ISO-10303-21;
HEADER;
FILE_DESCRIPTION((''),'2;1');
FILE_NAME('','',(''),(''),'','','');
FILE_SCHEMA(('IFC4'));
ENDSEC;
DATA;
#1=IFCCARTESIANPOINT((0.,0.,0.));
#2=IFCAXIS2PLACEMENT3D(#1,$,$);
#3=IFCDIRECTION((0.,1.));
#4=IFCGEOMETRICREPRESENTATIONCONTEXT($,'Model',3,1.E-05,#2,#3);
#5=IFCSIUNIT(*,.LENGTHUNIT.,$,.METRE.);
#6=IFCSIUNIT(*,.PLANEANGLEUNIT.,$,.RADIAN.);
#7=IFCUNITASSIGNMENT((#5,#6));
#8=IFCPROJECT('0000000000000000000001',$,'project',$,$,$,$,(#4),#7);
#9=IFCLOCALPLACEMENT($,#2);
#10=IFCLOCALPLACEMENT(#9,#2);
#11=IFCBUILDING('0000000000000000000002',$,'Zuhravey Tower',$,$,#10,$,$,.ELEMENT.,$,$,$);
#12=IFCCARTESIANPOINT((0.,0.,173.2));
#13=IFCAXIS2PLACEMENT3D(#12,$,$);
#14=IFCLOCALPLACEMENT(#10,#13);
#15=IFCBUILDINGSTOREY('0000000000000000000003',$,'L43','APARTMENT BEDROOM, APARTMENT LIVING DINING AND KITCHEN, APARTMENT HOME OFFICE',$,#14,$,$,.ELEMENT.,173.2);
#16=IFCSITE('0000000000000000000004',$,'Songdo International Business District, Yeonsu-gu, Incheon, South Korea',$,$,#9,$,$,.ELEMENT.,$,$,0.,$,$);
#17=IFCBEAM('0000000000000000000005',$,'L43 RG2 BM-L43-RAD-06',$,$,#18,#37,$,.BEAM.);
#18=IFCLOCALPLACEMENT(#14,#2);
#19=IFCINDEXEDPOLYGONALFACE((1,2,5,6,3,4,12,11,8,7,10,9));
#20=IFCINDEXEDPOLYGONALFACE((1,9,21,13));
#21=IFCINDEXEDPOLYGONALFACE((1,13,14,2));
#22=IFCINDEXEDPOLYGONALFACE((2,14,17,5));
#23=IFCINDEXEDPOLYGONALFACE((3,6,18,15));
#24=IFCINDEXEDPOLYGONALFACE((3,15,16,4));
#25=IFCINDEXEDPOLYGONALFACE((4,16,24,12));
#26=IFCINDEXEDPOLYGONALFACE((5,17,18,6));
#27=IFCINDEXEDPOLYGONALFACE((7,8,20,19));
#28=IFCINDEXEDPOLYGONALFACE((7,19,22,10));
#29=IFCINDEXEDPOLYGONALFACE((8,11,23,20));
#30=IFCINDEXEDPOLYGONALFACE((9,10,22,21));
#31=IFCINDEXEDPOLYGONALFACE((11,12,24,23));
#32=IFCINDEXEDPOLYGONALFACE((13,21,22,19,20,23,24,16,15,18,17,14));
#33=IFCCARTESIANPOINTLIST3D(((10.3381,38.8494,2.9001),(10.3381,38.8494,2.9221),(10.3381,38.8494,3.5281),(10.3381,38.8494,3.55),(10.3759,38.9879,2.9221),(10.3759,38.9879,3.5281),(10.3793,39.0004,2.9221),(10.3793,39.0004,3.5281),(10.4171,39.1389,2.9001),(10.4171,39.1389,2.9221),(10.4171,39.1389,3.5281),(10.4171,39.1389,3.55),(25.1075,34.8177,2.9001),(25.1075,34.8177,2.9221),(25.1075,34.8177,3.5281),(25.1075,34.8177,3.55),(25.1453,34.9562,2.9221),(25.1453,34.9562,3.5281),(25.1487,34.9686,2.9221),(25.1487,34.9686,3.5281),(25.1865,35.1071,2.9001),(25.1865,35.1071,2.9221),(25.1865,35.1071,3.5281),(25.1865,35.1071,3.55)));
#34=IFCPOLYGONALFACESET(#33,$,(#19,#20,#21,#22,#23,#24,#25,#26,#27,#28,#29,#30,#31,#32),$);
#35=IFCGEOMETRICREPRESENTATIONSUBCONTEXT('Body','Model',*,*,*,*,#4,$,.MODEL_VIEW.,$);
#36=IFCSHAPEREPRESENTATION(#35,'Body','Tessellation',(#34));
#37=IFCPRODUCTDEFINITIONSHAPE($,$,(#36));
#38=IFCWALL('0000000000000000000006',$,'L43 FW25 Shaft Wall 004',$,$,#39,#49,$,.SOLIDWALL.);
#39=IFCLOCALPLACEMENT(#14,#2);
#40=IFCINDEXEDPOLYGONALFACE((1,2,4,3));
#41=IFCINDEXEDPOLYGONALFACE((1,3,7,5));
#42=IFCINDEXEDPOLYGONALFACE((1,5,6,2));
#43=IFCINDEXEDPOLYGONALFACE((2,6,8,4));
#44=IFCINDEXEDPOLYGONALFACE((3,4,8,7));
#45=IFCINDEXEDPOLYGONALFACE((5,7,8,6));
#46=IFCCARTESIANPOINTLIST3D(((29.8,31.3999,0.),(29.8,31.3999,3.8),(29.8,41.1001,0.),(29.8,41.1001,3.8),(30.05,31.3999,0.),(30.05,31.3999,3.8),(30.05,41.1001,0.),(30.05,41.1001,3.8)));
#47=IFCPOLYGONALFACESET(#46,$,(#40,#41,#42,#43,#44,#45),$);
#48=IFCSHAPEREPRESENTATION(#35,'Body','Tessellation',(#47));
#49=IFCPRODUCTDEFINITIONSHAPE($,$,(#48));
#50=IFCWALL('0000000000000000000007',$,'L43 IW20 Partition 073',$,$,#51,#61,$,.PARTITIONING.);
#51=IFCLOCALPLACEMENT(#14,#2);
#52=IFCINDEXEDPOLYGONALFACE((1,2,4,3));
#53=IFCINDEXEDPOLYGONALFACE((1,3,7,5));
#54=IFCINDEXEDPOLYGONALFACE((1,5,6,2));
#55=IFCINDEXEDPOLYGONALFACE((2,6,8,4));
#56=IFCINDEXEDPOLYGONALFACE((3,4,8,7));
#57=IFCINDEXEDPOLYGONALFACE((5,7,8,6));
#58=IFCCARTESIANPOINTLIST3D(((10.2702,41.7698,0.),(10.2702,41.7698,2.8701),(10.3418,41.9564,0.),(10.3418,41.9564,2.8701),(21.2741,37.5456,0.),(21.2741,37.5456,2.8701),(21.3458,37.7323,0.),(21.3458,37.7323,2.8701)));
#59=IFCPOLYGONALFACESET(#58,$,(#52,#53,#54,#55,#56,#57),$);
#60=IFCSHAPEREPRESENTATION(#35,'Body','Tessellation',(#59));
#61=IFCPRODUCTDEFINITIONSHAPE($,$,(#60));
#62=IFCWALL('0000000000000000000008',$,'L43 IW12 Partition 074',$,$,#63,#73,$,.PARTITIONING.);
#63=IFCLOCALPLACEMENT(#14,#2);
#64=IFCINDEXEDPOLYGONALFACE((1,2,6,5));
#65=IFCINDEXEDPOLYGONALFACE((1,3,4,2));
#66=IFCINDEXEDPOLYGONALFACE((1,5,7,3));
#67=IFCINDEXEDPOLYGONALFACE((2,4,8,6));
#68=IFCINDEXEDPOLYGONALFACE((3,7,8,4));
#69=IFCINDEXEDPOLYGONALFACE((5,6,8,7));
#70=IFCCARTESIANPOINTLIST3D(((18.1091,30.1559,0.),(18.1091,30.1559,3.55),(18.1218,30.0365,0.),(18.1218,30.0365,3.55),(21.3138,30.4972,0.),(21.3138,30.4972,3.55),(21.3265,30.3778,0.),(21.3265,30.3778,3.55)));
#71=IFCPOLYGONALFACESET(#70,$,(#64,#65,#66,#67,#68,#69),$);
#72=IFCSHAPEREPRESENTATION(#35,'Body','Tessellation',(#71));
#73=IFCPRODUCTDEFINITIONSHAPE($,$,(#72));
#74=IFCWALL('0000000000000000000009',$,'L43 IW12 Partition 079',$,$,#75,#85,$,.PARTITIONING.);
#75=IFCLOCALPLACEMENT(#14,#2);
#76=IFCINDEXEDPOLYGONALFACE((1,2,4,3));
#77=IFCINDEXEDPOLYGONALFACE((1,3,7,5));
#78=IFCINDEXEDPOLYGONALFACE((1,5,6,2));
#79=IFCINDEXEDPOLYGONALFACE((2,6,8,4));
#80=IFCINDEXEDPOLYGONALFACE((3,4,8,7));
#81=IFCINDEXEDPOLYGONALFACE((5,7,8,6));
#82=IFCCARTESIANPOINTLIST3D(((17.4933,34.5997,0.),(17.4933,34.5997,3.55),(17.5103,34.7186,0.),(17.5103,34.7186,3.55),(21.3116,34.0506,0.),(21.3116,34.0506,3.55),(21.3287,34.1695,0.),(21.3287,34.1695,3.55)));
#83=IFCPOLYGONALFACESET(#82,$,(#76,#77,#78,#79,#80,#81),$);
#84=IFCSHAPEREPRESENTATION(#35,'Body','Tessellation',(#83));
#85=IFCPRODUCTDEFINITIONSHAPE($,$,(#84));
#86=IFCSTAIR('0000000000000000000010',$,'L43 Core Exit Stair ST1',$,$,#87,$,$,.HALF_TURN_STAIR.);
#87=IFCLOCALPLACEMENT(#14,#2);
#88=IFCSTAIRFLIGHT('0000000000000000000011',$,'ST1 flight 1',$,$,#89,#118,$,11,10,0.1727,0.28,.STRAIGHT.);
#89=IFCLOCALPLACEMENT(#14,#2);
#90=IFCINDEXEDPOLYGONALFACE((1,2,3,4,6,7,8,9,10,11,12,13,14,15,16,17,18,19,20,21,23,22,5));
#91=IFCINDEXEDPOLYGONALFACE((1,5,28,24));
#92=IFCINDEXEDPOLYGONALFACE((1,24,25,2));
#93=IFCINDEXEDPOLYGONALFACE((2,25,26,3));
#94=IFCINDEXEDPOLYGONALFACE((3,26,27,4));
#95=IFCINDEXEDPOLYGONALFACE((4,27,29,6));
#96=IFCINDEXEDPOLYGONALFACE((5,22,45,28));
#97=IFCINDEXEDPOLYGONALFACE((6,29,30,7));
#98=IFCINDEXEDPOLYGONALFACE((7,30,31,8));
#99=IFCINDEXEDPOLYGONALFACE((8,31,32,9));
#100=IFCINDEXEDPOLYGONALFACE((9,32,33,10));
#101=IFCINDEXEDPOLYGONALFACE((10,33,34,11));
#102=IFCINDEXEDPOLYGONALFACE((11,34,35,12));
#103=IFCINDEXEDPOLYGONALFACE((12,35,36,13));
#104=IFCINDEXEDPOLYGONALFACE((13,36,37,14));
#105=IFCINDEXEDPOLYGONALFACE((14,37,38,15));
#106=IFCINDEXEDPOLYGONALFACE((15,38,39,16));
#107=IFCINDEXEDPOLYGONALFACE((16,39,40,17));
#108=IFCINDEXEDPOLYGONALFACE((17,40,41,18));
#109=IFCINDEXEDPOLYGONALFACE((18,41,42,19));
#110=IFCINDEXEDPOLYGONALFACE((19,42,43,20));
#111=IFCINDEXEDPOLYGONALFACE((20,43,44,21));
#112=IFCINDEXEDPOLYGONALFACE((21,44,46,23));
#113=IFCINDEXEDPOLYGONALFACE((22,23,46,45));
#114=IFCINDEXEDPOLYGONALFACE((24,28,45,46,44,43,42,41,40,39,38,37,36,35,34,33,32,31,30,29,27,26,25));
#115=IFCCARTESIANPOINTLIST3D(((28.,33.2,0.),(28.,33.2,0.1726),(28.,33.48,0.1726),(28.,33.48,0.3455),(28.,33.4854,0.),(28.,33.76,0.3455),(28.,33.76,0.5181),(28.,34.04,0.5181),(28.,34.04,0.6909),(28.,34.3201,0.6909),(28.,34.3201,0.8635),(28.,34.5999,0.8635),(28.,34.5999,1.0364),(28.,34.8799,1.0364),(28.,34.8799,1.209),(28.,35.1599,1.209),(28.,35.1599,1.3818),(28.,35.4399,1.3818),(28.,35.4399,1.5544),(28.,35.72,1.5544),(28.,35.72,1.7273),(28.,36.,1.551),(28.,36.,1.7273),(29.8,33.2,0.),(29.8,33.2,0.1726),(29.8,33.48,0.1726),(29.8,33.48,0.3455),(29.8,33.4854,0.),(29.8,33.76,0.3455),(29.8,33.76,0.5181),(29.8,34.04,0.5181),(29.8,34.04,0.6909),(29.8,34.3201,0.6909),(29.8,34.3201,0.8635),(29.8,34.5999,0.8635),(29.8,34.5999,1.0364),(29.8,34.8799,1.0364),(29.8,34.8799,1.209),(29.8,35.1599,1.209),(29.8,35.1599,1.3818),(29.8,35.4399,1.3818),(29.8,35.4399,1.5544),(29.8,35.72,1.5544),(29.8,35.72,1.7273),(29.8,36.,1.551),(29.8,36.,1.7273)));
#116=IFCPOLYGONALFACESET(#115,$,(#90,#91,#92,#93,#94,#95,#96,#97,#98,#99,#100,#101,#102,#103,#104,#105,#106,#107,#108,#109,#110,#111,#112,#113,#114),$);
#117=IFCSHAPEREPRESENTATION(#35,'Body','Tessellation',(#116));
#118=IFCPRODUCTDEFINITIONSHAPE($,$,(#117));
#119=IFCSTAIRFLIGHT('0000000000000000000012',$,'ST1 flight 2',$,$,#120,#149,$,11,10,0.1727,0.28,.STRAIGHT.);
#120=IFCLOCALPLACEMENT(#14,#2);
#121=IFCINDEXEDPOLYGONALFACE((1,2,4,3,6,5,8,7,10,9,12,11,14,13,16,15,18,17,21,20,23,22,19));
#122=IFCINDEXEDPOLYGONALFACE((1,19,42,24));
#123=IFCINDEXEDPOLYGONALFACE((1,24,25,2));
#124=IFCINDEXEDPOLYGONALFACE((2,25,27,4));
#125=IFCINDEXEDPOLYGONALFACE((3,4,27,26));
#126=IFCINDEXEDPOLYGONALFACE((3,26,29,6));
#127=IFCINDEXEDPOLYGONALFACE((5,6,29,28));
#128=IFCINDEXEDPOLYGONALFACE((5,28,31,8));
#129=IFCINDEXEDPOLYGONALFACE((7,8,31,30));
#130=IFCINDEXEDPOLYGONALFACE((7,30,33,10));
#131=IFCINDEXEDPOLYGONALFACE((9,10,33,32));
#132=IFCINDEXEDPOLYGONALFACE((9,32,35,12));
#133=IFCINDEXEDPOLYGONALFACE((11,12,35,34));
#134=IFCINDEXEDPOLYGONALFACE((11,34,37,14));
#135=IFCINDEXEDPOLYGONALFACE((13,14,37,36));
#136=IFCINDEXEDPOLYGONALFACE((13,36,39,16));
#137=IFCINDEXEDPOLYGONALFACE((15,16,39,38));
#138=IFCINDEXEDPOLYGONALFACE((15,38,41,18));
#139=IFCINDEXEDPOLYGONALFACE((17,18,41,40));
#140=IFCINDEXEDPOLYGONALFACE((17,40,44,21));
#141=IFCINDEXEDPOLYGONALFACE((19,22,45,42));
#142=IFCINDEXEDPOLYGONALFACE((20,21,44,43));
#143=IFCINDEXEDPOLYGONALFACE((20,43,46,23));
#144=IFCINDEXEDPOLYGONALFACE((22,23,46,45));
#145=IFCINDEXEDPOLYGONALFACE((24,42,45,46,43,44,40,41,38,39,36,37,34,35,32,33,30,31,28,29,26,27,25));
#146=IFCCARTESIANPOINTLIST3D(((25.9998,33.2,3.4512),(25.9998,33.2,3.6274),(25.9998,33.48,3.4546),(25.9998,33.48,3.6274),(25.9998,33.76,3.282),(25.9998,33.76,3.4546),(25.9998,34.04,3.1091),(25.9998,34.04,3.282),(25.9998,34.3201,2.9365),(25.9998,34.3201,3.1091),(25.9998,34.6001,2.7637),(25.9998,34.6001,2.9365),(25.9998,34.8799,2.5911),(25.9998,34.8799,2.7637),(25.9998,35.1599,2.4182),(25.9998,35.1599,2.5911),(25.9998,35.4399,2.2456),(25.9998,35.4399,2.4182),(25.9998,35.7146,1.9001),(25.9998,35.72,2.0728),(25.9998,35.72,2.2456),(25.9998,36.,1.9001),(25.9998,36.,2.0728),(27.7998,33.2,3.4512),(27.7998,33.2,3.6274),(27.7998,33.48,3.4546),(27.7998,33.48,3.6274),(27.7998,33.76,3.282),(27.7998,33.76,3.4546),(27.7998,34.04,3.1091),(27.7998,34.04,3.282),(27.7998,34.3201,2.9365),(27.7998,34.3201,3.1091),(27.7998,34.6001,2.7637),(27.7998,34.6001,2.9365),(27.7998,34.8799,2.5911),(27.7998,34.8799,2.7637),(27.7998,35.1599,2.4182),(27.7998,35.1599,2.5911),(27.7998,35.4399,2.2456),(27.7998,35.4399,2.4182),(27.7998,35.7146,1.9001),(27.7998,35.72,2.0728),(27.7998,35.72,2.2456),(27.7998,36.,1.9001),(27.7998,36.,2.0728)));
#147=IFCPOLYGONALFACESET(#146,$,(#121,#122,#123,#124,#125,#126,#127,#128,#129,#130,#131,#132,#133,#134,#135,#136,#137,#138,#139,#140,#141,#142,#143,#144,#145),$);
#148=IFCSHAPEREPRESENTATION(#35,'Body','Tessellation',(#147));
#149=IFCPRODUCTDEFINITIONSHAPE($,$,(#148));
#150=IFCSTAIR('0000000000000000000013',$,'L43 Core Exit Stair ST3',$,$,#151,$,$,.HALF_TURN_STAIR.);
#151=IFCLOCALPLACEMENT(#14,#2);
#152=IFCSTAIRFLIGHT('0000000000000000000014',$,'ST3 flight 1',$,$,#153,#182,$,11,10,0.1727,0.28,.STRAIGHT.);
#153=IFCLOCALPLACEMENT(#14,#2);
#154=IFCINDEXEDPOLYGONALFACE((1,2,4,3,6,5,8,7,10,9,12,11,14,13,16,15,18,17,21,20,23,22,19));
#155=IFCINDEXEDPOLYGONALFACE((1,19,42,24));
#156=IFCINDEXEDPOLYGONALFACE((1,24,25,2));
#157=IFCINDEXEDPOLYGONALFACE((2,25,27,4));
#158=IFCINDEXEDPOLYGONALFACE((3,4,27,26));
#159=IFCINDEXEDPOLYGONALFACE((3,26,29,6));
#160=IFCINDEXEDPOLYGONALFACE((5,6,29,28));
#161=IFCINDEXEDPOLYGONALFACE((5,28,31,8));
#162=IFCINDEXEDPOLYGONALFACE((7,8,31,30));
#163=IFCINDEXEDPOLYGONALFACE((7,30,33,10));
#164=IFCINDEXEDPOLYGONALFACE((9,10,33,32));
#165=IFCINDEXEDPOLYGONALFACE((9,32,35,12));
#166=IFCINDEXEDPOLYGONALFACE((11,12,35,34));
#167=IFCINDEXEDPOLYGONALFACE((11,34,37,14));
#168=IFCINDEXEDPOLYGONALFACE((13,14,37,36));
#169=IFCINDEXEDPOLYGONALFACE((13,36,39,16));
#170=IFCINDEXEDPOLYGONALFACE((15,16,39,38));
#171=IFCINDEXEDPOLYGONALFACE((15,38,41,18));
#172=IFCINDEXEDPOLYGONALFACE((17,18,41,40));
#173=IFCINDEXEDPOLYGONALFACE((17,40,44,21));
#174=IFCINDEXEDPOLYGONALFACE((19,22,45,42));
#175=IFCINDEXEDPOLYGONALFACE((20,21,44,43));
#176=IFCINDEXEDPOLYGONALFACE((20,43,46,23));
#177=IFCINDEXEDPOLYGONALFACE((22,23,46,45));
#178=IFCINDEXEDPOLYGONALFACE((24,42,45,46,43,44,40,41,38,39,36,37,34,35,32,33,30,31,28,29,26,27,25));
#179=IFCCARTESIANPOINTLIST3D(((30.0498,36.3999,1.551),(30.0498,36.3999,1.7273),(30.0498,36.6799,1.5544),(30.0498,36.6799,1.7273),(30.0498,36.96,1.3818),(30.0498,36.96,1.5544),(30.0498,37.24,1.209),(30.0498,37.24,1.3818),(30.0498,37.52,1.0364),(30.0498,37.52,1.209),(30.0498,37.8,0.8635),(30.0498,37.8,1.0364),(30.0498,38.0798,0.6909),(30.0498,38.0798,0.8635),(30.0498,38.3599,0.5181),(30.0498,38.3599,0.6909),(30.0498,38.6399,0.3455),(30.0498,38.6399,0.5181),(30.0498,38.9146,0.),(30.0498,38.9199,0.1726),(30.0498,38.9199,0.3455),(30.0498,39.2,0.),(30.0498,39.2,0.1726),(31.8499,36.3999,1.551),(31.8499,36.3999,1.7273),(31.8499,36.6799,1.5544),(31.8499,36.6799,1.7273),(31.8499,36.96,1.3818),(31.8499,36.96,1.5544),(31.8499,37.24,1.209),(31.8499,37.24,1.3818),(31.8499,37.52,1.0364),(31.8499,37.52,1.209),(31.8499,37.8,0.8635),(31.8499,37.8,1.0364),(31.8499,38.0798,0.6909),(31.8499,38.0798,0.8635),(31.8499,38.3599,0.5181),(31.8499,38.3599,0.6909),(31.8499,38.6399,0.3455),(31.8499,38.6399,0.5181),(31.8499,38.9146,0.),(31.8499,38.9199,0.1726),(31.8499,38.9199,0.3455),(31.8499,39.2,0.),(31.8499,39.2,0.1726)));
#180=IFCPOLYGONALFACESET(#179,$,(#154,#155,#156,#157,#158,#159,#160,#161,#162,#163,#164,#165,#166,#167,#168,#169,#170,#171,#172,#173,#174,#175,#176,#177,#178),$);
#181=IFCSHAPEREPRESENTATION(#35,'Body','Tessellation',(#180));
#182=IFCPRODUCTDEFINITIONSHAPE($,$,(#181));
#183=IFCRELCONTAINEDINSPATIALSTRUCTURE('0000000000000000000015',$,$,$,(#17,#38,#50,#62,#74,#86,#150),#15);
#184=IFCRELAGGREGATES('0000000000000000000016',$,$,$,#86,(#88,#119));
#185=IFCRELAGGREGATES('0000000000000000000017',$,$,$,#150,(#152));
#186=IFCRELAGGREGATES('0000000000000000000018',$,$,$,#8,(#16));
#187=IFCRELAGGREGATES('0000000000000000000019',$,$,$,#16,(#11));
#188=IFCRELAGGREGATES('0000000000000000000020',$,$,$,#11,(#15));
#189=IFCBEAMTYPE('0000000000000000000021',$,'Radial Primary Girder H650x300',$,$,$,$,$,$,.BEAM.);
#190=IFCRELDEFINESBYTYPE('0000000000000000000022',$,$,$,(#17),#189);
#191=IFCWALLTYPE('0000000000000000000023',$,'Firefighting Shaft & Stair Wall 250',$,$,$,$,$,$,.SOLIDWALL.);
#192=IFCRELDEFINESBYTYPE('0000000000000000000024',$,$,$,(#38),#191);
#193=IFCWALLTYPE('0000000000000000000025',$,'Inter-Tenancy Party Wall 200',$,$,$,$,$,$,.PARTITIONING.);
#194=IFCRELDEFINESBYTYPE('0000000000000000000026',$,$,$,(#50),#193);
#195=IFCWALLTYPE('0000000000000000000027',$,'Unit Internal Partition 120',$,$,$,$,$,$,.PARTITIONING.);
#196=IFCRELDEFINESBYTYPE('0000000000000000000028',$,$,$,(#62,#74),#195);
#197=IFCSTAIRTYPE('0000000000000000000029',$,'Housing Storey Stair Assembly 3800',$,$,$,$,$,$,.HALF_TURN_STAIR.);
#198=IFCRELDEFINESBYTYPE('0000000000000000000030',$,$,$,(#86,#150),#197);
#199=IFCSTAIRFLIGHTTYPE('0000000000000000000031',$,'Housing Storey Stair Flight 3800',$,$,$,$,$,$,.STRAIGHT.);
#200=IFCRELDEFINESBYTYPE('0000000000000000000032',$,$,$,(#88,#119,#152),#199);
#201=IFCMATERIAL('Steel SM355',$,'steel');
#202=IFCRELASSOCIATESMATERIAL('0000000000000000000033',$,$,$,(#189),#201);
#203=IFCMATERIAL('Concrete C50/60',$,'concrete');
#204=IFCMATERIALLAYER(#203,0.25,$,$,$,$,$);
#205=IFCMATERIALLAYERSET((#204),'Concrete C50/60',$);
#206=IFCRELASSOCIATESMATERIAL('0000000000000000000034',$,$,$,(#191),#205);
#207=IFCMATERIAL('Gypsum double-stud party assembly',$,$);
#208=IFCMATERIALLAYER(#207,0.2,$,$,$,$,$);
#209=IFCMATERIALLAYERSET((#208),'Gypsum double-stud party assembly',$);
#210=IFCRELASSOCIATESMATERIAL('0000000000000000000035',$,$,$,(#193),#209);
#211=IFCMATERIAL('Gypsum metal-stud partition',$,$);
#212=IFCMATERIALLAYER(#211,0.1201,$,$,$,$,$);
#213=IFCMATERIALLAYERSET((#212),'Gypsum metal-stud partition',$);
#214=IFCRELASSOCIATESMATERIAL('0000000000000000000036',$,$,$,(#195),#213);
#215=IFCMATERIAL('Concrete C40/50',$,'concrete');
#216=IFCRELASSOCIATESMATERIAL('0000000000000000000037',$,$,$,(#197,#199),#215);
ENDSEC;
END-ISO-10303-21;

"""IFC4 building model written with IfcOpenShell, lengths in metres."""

from ifc_helpers import new_model, si_unit, direction, frame, frame_2d, origin, origin_2d, place, context, subcontext, project, spatial, polyline, rectangle, i_section, outline, extrude, material, layer, layer_set, material_profile, profile_set, type_object, element, aggregate, save


model = new_model("IFC4")

# Units and contexts
model_context = context("Model", 3, precision=1e-05, world=origin(), true_north=direction((0.0, 1.0)))
body_context = subcontext(model_context, "Body", "Model", "MODEL_VIEW")
ifc_project = project(units=[si_unit("LENGTHUNIT", "METRE"), si_unit("PLANEANGLEUNIT", "RADIAN")], contexts=[model_context])

# Site, building, storey
site_placement = place(None, origin())
site = spatial("IfcSite", under=ifc_project, at=site_placement, Name="Songdo International Business District, Yeonsu-gu, Incheon, South Korea", CompositionType="ELEMENT", RefElevation=0.0)
building_placement = place(site_placement, origin())
building = spatial("IfcBuilding", under=site, at=building_placement, Name="Zuhravey Tower", CompositionType="ELEMENT")
storey_placement = place(building_placement, frame((0.0, 0.0, 173.2)))
storey = spatial("IfcBuildingStorey", under=building, at=storey_placement, Name="L43", Description="APARTMENT BEDROOM, APARTMENT LIVING DINING AND KITCHEN, APARTMENT HOME OFFICE", CompositionType="ELEMENT", Elevation=173.2)

# Beam
ifc_material_1 = material(Name="Steel SM355", Category="steel")
ifc_material_profile = material_profile(ifc_material_1, i_section(OverallWidth=0.3, OverallDepth=0.6499, WebThickness=0.0129, FlangeThickness=0.022, at=origin_2d()), Name="H-650x300x13x22")
ifc_profile_set = profile_set([ifc_material_profile], Name="Steel SM355")
beam_type = type_object("IfcBeamType", Name="Radial Primary Girder H650x300", PredefinedType="BEAM", material=ifc_profile_set)
beam_placement = place(storey_placement, frame((25.147, 34.9624, 3.2251), z_axis=(-0.964702, 0.263345, 0.0), x_axis=(-0.263345, -0.964702, 0.0)))
element("IfcBeam", 1, at=beam_placement, inside=storey, type_object=beam_type, Name="L43 RG2 BM-L43-RAD-06", PredefinedType="BEAM", context=body_context, shape_type="SweptSolid", body=[
    extrude(i_section(OverallWidth=0.3, OverallDepth=0.6499, WebThickness=0.0129, FlangeThickness=0.022, at=origin_2d()), origin(), (0.0, 0.0, 1.0), 15.3098),
])

# Shared definitions
ifc_material_2 = material(Name="Concrete C50/60", Category="concrete")
ifc_layer_1 = layer(ifc_material_2, 0.25)
ifc_layer_set_1 = layer_set([ifc_layer_1], Name="Concrete C50/60")
wall_type_1 = type_object("IfcWallType", Name="Firefighting Shaft & Stair Wall 250", PredefinedType="SOLIDWALL", material=ifc_layer_set_1)

# Walls
wall_1_placement = place(storey_placement, frame((29.925, 31.3999, 0.0), z_axis=(0.0, 0.0, 1.0), x_axis=(0.0, 1.0, 0.0)))
element("IfcWall", 2, at=wall_1_placement, inside=storey, type_object=wall_type_1, Name="L43 FW25 Shaft Wall 004", PredefinedType="SOLIDWALL", context=body_context, shape_type="SweptSolid", body=[
    extrude(rectangle(XDim=9.7002, YDim=0.25, at=frame_2d((4.8501, 0.0))), origin(), (0.0, 0.0, 1.0), 3.8),
])
ifc_material_3 = material(Name="Gypsum double-stud party assembly")
ifc_layer_2 = layer(ifc_material_3, 0.2)
ifc_layer_set_2 = layer_set([ifc_layer_2], Name="Gypsum double-stud party assembly")
wall_type_2 = type_object("IfcWallType", Name="Inter-Tenancy Party Wall 200", PredefinedType="PARTITIONING", material=ifc_layer_set_2)
wall_2_placement = place(storey_placement, frame((21.3101, 37.6389, 0.0), z_axis=(0.0, 0.0, 1.0), x_axis=(-0.933577, 0.358377, 0.0)))
element("IfcWall", 3, at=wall_2_placement, inside=storey, type_object=wall_type_2, Name="L43 IW20 Partition 073", PredefinedType="PARTITIONING", context=body_context, shape_type="SweptSolid", body=[
    extrude(rectangle(XDim=11.7869, YDim=0.2, at=frame_2d((5.8936, 0.0))), origin(), (0.0, 0.0, 1.0), 2.8701),
])
ifc_material_4 = material(Name="Gypsum metal-stud partition")
ifc_layer_3 = layer(ifc_material_4, 0.1201)
ifc_layer_set_3 = layer_set([ifc_layer_3], Name="Gypsum metal-stud partition")
wall_type_3 = type_object("IfcWallType", Name="Unit Internal Partition 120", PredefinedType="PARTITIONING", material=ifc_layer_set_3)
wall_3_placement = place(storey_placement, frame((21.3201, 30.4375, 0.0), z_axis=(0.0, 0.0, 1.0), x_axis=(-0.994377, -0.105899, 0.0)))
element("IfcWall", 4, at=wall_3_placement, inside=storey, type_object=wall_type_3, Name="L43 IW12 Partition 074", PredefinedType="PARTITIONING", context=body_context, shape_type="SweptSolid", body=[
    extrude(rectangle(XDim=3.2229, YDim=0.1201, at=frame_2d((1.6113, 0.0))), origin(), (0.0, 0.0, 1.0), 3.55),
])
wall_4_placement = place(storey_placement, frame((21.3201, 34.1101, 0.0), z_axis=(0.0, 0.0, 1.0), x_axis=(-0.989819, 0.142334, 0.0)))
element("IfcWall", 5, at=wall_4_placement, inside=storey, type_object=wall_type_3, Name="L43 IW12 Partition 079", PredefinedType="PARTITIONING", context=body_context, shape_type="SweptSolid", body=[
    extrude(rectangle(XDim=3.8577, YDim=0.1201, at=frame_2d((1.9287, 0.0))), origin(), (0.0, 0.0, 1.0), 3.55),
])

# Stairs, stair flights
ifc_material_5 = material(Name="Concrete C40/50", Category="concrete")
stair_type = type_object("IfcStairType", Name="Housing Storey Stair Assembly 3800", PredefinedType="HALF_TURN_STAIR", material=ifc_material_5)
stair_1_placement = place(storey_placement, origin())
stair_1 = element("IfcStair", 6, at=stair_1_placement, inside=storey, type_object=stair_type, Name="L43 Core Exit Stair ST1", PredefinedType="HALF_TURN_STAIR")
stair_flight_type = type_object("IfcStairFlightType", Name="Housing Storey Stair Flight 3800", PredefinedType="STRAIGHT", material=ifc_material_5)
stair_flight_1_placement = place(storey_placement, frame((28.8999, 33.2, 0.0), z_axis=(0.0, 0.0, 1.0), x_axis=(0.0, 1.0, 0.0)))
stair_flight_1 = element("IfcStairFlight", 7, at=stair_flight_1_placement, type_object=stair_flight_type, Name="ST1 flight 1", NumberOfRisers=11, NumberOfTreads=10, PredefinedType="STRAIGHT", RiserHeight=0.1727, TreadLength=0.28, context=body_context, shape_type="SweptSolid", body=[
    extrude(outline(polyline([(0.0, 0.0), (0.0, 0.1726), (0.28, 0.1726), (0.28, 0.3455), (0.5601, 0.3455), (0.5601, 0.5181), (0.8401, 0.5181), (0.8401, 0.6909), (1.1201, 0.6909), (1.1201, 0.8635), (1.3999, 0.8635), (1.3999, 1.0364), (1.6799, 1.0364), (1.6799, 1.209), (1.96, 1.209), (1.96, 1.3818), (2.24, 1.3818), (2.24, 1.5544), (2.52, 1.5544), (2.52, 1.7273), (2.8, 1.7273), (2.8, 1.8999), (2.8, 1.551), (0.2854, 0.0), (0.0, 0.0)])), frame((0.0, 0.8999, 0.0), z_axis=(0.0, -1.0, 0.0), x_axis=(1.0, 0.0, 0.0)), (0.0, 0.0, 1.0), 1.8),
])
stair_flight_2_placement = place(storey_placement, frame((26.8999, 36.0, 1.9001), z_axis=(0.0, 0.0, 1.0), x_axis=(0.0, -1.0, 0.0)))
stair_flight_2 = element("IfcStairFlight", 8, at=stair_flight_2_placement, type_object=stair_flight_type, Name="ST1 flight 2", NumberOfRisers=11, NumberOfTreads=10, PredefinedType="STRAIGHT", RiserHeight=0.1727, TreadLength=0.28, context=body_context, shape_type="SweptSolid", body=[
    extrude(outline(polyline([(0.0, 0.0), (0.0, 0.1726), (0.28, 0.1726), (0.28, 0.3455), (0.5601, 0.3455), (0.5601, 0.5181), (0.8401, 0.5181), (0.8401, 0.6909), (1.1201, 0.6909), (1.1201, 0.8635), (1.3999, 0.8635), (1.3999, 1.0364), (1.6799, 1.0364), (1.6799, 1.209), (1.96, 1.209), (1.96, 1.3818), (2.24, 1.3818), (2.24, 1.5544), (2.52, 1.5544), (2.52, 1.7273), (2.8, 1.7273), (2.8, 1.8999), (2.8, 1.551), (0.2854, 0.0), (0.0, 0.0)])), frame((0.0, 0.8999, 0.0), z_axis=(0.0, -1.0, 0.0), x_axis=(1.0, 0.0, 0.0)), (0.0, 0.0, 1.0), 1.8),
])
aggregate(stair_1, [stair_flight_1, stair_flight_2])
stair_2_placement = place(storey_placement, origin())
stair_2 = element("IfcStair", 9, at=stair_2_placement, inside=storey, type_object=stair_type, Name="L43 Core Exit Stair ST3", PredefinedType="HALF_TURN_STAIR")
stair_flight_3_placement = place(storey_placement, frame((30.95, 39.2, 0.0), z_axis=(0.0, 0.0, 1.0), x_axis=(0.0, -1.0, 0.0)))
stair_flight_3 = element("IfcStairFlight", 10, at=stair_flight_3_placement, type_object=stair_flight_type, Name="ST3 flight 1", NumberOfRisers=11, NumberOfTreads=10, PredefinedType="STRAIGHT", RiserHeight=0.1727, TreadLength=0.28, context=body_context, shape_type="SweptSolid", body=[
    extrude(outline(polyline([(0.0, 0.0), (0.0, 0.1726), (0.28, 0.1726), (0.28, 0.3455), (0.5601, 0.3455), (0.5601, 0.5181), (0.8401, 0.5181), (0.8401, 0.6909), (1.1201, 0.6909), (1.1201, 0.8635), (1.3999, 0.8635), (1.3999, 1.0364), (1.6799, 1.0364), (1.6799, 1.209), (1.96, 1.209), (1.96, 1.3818), (2.24, 1.3818), (2.24, 1.5544), (2.52, 1.5544), (2.52, 1.7273), (2.8, 1.7273), (2.8, 1.8999), (2.8, 1.551), (0.2854, 0.0), (0.0, 0.0)])), frame((0.0, 0.8999, 0.0), z_axis=(0.0, -1.0, 0.0), x_axis=(1.0, 0.0, 0.0)), (0.0, 0.0, 1.0), 1.8),
])
aggregate(stair_2, [stair_flight_3])

save(model, "model.ifc")
